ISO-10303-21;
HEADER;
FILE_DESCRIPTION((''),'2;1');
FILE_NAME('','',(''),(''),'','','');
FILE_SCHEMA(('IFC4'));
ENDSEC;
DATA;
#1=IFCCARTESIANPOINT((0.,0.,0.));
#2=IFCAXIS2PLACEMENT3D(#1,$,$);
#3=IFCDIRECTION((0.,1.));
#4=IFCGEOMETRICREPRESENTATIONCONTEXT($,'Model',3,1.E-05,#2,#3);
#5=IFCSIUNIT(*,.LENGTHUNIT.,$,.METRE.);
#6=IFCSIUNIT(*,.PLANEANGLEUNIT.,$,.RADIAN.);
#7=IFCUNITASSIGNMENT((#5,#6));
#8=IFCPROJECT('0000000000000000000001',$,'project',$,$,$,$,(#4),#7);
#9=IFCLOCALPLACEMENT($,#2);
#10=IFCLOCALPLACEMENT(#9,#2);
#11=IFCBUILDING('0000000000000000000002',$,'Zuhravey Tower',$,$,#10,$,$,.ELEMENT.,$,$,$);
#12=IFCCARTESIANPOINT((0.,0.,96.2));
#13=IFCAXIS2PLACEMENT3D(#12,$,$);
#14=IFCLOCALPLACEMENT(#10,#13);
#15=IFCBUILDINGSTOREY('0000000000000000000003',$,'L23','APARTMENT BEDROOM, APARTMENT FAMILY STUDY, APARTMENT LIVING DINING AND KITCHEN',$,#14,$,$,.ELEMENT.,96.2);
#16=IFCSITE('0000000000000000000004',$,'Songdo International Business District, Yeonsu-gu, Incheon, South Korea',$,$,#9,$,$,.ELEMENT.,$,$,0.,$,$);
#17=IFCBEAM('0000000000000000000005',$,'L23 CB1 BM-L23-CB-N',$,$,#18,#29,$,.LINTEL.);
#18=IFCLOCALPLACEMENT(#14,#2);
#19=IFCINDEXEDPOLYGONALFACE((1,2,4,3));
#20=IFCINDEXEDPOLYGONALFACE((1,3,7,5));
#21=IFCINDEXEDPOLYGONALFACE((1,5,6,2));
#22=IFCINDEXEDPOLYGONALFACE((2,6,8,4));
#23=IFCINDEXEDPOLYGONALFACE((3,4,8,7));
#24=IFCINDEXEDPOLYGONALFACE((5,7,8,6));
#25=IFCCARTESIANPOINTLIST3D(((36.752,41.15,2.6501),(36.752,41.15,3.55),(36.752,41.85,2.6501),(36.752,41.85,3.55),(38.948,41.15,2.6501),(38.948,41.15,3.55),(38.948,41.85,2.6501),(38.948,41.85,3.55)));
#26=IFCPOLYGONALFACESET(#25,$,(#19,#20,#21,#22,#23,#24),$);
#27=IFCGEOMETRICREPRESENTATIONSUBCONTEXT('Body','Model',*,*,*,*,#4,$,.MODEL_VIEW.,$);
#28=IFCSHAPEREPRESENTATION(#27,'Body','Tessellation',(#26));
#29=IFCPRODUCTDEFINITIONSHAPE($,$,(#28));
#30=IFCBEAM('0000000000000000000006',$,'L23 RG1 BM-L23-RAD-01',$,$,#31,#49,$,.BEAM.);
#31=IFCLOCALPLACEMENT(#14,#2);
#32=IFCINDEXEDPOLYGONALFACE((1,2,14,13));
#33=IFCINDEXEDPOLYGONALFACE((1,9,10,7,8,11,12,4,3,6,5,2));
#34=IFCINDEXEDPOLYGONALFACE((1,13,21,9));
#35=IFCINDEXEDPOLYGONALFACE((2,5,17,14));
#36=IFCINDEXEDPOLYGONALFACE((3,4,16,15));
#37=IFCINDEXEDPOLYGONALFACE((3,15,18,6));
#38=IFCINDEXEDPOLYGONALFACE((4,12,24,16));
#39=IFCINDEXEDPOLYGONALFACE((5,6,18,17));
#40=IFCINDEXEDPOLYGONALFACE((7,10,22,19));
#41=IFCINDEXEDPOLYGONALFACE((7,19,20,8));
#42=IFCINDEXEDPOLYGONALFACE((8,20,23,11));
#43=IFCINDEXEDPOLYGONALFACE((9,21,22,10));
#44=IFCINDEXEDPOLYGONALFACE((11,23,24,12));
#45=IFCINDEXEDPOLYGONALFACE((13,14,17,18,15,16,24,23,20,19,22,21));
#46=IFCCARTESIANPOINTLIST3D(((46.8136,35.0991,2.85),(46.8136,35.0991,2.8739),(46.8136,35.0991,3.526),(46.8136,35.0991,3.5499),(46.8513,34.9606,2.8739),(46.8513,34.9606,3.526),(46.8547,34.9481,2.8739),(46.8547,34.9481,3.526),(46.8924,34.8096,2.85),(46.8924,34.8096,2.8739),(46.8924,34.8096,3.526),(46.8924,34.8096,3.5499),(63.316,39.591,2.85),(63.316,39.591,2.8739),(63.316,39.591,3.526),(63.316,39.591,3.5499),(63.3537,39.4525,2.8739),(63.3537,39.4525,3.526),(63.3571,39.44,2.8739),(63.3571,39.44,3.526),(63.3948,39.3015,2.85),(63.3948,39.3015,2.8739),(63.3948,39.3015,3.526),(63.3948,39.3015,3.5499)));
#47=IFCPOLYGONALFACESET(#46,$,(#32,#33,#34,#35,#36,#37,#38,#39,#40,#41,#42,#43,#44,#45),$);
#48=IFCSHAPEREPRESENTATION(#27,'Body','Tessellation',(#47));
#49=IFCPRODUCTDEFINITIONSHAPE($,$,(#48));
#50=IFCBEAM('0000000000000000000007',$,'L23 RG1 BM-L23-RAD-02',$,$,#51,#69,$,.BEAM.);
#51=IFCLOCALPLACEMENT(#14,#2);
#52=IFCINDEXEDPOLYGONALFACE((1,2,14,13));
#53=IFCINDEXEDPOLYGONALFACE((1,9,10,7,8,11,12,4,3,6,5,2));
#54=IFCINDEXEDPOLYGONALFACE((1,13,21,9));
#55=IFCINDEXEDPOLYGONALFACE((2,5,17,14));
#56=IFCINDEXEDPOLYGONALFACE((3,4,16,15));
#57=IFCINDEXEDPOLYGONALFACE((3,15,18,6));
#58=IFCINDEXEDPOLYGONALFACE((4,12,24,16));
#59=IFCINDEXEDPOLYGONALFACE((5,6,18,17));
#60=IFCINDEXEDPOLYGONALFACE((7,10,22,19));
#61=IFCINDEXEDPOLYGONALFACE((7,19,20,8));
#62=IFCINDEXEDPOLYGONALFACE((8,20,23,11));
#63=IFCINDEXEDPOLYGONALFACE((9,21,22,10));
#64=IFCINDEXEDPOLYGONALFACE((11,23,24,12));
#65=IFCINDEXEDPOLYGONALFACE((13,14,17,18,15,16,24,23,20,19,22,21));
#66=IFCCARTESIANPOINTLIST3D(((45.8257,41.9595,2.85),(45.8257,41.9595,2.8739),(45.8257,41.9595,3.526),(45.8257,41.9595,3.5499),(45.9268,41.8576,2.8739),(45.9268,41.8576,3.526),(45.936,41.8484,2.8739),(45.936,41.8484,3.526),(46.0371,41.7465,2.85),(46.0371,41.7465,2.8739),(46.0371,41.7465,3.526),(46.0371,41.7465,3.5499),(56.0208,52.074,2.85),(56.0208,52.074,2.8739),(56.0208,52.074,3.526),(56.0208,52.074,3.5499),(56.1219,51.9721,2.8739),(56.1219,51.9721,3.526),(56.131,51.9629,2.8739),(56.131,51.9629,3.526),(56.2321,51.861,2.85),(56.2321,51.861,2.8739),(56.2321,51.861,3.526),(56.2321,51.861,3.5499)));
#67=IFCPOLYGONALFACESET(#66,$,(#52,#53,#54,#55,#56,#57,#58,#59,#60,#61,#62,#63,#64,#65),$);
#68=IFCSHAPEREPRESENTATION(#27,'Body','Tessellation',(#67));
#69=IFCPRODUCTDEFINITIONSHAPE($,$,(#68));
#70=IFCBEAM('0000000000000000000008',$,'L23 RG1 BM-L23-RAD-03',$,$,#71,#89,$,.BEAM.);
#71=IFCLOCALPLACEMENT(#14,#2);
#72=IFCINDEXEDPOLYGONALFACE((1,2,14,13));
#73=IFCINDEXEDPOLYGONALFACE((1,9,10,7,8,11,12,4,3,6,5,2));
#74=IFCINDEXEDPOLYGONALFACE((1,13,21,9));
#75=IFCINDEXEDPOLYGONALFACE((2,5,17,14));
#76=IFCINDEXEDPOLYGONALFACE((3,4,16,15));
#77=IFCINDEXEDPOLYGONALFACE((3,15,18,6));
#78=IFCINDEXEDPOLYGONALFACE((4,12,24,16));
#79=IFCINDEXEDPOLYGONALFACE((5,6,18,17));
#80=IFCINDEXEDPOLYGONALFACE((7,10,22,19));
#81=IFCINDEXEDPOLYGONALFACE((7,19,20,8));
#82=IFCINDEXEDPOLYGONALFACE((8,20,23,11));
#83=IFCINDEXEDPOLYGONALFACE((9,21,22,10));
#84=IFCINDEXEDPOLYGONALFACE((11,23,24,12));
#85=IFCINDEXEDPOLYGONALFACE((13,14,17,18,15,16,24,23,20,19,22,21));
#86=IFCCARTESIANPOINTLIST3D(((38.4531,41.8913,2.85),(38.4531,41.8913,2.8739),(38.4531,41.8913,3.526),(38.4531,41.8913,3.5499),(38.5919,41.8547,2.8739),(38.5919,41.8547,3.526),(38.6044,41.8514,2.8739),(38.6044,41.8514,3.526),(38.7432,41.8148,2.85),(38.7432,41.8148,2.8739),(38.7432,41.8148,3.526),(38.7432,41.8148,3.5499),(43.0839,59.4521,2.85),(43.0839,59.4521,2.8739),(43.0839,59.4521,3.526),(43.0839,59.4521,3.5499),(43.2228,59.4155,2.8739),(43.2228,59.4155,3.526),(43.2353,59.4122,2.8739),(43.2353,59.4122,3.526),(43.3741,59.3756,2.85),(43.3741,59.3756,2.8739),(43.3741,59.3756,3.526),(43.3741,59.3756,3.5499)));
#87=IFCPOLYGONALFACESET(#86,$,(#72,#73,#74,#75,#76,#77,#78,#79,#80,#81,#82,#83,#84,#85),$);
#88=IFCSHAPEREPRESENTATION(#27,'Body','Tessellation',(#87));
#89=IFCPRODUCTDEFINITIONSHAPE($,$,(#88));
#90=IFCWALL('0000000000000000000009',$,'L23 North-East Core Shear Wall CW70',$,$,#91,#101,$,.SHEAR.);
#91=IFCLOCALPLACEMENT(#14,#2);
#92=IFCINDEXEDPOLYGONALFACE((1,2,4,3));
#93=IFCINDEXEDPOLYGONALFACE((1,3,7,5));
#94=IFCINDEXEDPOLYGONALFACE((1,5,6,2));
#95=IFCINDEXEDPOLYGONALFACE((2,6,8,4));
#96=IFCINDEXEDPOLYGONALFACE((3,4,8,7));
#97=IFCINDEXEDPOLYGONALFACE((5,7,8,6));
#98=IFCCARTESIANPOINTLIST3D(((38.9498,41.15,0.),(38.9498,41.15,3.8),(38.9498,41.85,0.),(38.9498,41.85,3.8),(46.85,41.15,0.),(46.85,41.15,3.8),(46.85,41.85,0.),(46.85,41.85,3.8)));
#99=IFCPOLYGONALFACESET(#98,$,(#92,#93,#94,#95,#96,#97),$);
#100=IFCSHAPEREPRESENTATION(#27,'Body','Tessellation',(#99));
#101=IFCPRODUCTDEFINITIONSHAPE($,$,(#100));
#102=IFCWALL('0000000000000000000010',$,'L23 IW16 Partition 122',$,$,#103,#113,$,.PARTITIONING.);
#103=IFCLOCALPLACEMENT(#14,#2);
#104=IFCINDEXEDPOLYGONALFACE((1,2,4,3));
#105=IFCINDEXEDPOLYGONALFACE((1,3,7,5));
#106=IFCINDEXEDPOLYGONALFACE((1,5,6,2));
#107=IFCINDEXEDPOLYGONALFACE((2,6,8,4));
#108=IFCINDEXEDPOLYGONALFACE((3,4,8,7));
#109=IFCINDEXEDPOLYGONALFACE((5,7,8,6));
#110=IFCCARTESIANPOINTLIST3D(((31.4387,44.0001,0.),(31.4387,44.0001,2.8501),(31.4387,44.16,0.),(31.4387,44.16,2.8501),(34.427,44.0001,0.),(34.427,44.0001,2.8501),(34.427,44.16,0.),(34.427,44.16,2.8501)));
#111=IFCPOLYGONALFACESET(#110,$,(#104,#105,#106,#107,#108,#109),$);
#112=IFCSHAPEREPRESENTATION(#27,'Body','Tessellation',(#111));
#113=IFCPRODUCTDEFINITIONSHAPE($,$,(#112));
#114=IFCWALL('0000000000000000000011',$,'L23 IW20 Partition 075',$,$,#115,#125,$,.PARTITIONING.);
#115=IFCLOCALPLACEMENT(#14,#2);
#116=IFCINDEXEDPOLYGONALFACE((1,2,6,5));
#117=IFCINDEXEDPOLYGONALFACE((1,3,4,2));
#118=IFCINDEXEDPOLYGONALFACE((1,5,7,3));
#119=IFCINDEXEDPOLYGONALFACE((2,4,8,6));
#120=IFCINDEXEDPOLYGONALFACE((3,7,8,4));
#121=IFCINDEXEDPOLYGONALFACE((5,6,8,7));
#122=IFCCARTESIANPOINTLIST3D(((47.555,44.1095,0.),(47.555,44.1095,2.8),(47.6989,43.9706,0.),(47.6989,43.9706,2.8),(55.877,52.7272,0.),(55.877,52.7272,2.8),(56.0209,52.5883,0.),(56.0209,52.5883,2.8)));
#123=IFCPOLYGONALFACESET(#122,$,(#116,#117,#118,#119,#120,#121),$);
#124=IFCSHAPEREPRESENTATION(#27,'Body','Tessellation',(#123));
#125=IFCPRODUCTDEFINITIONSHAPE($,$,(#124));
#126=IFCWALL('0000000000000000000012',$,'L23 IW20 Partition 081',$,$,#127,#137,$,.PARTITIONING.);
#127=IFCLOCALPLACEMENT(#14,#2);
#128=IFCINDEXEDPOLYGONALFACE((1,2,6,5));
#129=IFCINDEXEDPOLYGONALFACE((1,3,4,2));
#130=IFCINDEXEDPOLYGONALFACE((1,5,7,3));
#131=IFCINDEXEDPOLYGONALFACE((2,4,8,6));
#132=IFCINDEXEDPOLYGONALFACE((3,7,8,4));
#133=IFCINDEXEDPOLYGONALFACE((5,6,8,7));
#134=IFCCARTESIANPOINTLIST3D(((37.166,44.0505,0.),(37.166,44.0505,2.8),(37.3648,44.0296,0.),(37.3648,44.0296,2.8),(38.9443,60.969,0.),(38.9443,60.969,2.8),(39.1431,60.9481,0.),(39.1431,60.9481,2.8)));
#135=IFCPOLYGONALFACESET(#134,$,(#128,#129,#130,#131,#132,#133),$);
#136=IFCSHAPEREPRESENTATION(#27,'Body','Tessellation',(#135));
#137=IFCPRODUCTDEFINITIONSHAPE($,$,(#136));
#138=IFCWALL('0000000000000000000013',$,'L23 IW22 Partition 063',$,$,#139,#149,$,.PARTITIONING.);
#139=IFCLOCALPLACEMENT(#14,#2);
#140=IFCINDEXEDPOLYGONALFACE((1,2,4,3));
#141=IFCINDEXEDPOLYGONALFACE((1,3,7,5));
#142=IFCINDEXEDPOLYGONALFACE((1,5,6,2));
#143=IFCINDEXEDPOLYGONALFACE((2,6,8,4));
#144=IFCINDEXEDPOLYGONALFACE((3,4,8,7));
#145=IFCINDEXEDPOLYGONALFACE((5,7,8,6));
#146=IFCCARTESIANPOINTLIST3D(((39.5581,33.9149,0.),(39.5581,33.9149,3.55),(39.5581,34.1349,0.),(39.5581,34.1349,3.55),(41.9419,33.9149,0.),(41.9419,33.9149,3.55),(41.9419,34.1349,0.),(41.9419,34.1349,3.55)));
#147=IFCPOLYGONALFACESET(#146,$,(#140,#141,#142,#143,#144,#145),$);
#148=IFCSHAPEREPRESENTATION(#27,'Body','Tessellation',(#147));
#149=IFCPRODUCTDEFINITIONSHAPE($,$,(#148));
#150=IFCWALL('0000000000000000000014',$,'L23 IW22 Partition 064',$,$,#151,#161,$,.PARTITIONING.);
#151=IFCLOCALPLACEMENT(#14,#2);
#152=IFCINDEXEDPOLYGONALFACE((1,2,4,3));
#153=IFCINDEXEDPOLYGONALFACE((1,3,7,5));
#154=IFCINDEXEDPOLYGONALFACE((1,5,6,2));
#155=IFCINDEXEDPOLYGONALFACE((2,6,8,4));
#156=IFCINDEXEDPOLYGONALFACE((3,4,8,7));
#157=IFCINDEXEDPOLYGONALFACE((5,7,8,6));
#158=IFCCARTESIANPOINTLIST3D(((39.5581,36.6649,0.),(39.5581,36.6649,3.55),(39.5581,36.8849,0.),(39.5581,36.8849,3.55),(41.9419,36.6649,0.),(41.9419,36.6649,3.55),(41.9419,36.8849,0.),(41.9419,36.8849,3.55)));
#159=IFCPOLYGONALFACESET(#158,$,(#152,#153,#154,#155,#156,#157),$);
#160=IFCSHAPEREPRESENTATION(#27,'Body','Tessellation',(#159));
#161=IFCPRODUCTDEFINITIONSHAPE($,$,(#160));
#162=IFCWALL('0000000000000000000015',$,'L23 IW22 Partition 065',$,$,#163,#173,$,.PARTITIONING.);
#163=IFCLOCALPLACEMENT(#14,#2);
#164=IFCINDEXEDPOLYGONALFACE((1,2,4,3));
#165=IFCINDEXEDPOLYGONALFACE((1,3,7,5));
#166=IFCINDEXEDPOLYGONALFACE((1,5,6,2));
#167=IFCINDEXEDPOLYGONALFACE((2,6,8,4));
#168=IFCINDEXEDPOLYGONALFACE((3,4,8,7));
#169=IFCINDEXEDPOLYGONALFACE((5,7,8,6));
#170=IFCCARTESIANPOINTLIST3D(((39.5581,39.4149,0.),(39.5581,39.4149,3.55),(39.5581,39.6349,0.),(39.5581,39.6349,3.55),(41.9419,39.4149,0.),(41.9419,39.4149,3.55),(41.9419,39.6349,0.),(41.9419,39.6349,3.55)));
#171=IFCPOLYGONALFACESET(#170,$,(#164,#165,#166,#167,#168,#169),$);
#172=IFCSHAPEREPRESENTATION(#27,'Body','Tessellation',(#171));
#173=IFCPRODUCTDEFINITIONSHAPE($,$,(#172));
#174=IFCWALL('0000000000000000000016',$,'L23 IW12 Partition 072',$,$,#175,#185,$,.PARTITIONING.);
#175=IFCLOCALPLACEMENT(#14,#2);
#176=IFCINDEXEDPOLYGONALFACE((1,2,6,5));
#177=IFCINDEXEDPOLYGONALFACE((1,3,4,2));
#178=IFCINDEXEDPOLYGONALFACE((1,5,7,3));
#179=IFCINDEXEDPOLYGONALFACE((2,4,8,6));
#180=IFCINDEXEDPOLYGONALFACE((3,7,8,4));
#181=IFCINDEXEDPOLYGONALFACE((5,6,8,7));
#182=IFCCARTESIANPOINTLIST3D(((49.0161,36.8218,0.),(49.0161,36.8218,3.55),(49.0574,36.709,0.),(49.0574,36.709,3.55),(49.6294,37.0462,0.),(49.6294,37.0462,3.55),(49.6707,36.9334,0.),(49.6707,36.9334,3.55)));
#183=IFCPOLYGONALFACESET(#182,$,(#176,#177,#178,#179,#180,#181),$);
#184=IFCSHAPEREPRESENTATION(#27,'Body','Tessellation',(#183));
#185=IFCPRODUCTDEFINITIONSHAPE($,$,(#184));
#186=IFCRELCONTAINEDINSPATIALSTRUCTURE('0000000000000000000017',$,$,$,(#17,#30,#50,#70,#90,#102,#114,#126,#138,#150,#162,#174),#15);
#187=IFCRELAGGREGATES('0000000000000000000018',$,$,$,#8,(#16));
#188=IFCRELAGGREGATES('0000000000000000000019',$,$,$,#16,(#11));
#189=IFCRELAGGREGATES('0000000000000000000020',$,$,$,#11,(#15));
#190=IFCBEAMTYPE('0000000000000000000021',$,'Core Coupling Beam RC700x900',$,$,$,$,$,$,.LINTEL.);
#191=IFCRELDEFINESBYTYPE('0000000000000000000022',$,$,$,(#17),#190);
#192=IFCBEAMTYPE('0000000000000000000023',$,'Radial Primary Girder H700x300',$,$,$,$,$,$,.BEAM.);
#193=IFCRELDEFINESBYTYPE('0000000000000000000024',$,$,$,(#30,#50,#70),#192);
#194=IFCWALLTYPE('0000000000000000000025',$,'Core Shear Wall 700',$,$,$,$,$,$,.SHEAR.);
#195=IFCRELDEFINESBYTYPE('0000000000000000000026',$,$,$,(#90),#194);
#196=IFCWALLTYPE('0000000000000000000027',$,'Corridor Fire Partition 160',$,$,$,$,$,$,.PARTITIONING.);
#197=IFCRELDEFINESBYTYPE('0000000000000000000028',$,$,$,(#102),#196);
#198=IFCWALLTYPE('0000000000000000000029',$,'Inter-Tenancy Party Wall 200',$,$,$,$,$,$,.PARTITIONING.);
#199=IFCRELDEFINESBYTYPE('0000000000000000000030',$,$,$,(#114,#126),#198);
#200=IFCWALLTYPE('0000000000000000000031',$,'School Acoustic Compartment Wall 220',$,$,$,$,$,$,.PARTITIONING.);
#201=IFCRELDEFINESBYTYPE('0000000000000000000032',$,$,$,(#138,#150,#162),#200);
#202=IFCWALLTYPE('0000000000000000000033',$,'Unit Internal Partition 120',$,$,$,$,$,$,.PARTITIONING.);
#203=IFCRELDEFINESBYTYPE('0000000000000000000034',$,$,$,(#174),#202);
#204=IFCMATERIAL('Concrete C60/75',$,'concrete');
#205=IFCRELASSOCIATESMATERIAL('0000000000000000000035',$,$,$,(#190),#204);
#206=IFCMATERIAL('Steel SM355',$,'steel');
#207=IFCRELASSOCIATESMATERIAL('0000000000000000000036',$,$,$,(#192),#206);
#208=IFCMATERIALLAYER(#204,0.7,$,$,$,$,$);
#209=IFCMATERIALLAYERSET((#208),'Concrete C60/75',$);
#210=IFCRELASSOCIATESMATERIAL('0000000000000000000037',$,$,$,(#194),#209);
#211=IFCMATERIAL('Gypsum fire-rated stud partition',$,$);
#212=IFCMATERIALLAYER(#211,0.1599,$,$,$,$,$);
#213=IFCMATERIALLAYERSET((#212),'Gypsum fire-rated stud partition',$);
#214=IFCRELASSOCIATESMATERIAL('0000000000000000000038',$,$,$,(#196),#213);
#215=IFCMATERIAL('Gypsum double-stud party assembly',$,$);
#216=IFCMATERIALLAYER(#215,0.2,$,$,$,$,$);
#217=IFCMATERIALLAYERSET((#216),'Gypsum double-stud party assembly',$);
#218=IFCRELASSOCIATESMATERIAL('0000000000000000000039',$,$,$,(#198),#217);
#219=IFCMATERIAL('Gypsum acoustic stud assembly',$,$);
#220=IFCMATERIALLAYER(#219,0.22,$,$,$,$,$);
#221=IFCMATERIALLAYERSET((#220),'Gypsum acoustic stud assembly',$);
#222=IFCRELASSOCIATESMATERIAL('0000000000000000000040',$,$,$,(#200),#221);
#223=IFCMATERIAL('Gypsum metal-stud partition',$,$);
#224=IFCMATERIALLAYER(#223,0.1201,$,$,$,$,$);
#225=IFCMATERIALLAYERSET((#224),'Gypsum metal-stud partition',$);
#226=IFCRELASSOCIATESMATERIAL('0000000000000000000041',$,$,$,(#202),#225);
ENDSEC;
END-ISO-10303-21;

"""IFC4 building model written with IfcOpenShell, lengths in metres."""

from ifc_helpers import new_model, si_unit, direction, frame, frame_2d, origin, origin_2d, place, context, subcontext, project, spatial, rectangle, i_section, extrude, material, layer, layer_set, material_profile, profile_set, type_object, element, save


model = new_model("IFC4")

# Units and contexts
model_context = context("Model", 3, precision=1e-05, world=origin(), true_north=direction((0.0, 1.0)))
body_context = subcontext(model_context, "Body", "Model", "MODEL_VIEW")
ifc_project = project(units=[si_unit("LENGTHUNIT", "METRE"), si_unit("PLANEANGLEUNIT", "RADIAN")], contexts=[model_context])

# Site, building, storey
site_placement = place(None, origin())
site = spatial("IfcSite", under=ifc_project, at=site_placement, Name="Songdo International Business District, Yeonsu-gu, Incheon, South Korea", CompositionType="ELEMENT", RefElevation=0.0)
building_placement = place(site_placement, origin())
building = spatial("IfcBuilding", under=site, at=building_placement, Name="Zuhravey Tower", CompositionType="ELEMENT")
storey_placement = place(building_placement, frame((0.0, 0.0, 96.2)))
storey = spatial("IfcBuildingStorey", under=building, at=storey_placement, Name="L23", Description="APARTMENT BEDROOM, APARTMENT FAMILY STUDY, APARTMENT LIVING DINING AND KITCHEN", CompositionType="ELEMENT", Elevation=96.2)

# Beams
ifc_material_1 = material(Name="Concrete C60/75", Category="concrete")
ifc_material_profile_1 = material_profile(ifc_material_1, rectangle(XDim=0.7, YDim=0.8999, at=origin_2d()), Name="RC-700x900")
ifc_profile_set_1 = profile_set([ifc_material_profile_1], Name="Concrete C60/75")
beam_type_1 = type_object("IfcBeamType", Name="Core Coupling Beam RC700x900", PredefinedType="LINTEL", material=ifc_profile_set_1)
beam_1_placement = place(storey_placement, frame((36.752, 41.5, 3.1001), z_axis=(1.0, 0.0, 0.0), x_axis=(0.0, 1.0, 0.0)))
element("IfcBeam", 1, at=beam_1_placement, inside=storey, type_object=beam_type_1, Name="L23 CB1 BM-L23-CB-N", PredefinedType="LINTEL", context=body_context, shape_type="SweptSolid", body=[
    extrude(rectangle(XDim=0.7, YDim=0.8999, at=origin_2d()), origin(), (0.0, 0.0, 1.0), 2.196),
])
ifc_material_2 = material(Name="Steel SM355", Category="steel")
ifc_material_profile_2 = material_profile(ifc_material_2, i_section(OverallWidth=0.3, OverallDepth=0.7, WebThickness=0.0129, FlangeThickness=0.0239, at=origin_2d()), Name="H-700x300x13x24")
ifc_profile_set_2 = profile_set([ifc_material_profile_2], Name="Steel SM355")
beam_type_2 = type_object("IfcBeamType", Name="Radial Primary Girder H700x300", PredefinedType="BEAM", material=ifc_profile_set_2)
beam_2_placement = place(storey_placement, frame((46.853, 34.9543, 3.2), z_axis=(0.964893, 0.262643, 0.0), x_axis=(-0.262643, 0.964893, 0.0)))
element("IfcBeam", 2, at=beam_2_placement, inside=storey, type_object=beam_type_2, Name="L23 RG1 BM-L23-RAD-01", PredefinedType="BEAM", context=body_context, shape_type="SweptSolid", body=[
    extrude(i_section(OverallWidth=0.3, OverallDepth=0.7, WebThickness=0.0129, FlangeThickness=0.0239, at=origin_2d()), origin(), (0.0, 0.0, 1.0), 17.1028),
])
beam_3_placement = place(storey_placement, frame((45.9314, 41.853, 3.2), z_axis=(0.709906, 0.704296, 0.0), x_axis=(-0.704296, 0.709906, 0.0)))
element("IfcBeam", 3, at=beam_3_placement, inside=storey, type_object=beam_type_2, Name="L23 RG1 BM-L23-RAD-02", PredefinedType="BEAM", context=body_context, shape_type="SweptSolid", body=[
    extrude(i_section(OverallWidth=0.3, OverallDepth=0.7, WebThickness=0.0129, FlangeThickness=0.0239, at=origin_2d()), origin(), (0.0, 0.0, 1.0), 14.3611),
])
beam_4_placement = place(storey_placement, frame((38.5981, 41.853, 3.2), z_axis=(0.254988, 0.966944, 0.0), x_axis=(-0.966944, 0.254988, 0.0)))
element("IfcBeam", 4, at=beam_4_placement, inside=storey, type_object=beam_type_2, Name="L23 RG1 BM-L23-RAD-03", PredefinedType="BEAM", context=body_context, shape_type="SweptSolid", body=[
    extrude(i_section(OverallWidth=0.3, OverallDepth=0.7, WebThickness=0.0129, FlangeThickness=0.0239, at=origin_2d()), origin(), (0.0, 0.0, 1.0), 18.1611),
])

# Wall
ifc_layer_1 = layer(ifc_material_1, 0.7)
ifc_layer_set_1 = layer_set([ifc_layer_1], Name="Concrete C60/75")
wall_type_1 = type_object("IfcWallType", Name="Core Shear Wall 700", PredefinedType="SHEAR", material=ifc_layer_set_1)
wall_1_placement = place(storey_placement, frame((46.8501, 41.5, 0.0), z_axis=(0.0, 0.0, 1.0), x_axis=(-1.0, 0.0, 0.0)))
element("IfcWall", 5, at=wall_1_placement, inside=storey, type_object=wall_type_1, Name="L23 North-East Core Shear Wall CW70", PredefinedType="SHEAR", context=body_context, shape_type="SweptSolid", body=[
    extrude(rectangle(XDim=7.9001, YDim=0.7, at=frame_2d((3.9502, 0.0))), origin(), (0.0, 0.0, 1.0), 3.8),
])

# Wall
ifc_material_3 = material(Name="Gypsum fire-rated stud partition")
ifc_layer_2 = layer(ifc_material_3, 0.1599)
ifc_layer_set_2 = layer_set([ifc_layer_2], Name="Gypsum fire-rated stud partition")
wall_type_2 = type_object("IfcWallType", Name="Corridor Fire Partition 160", PredefinedType="PARTITIONING", material=ifc_layer_set_2)
wall_2_placement = place(storey_placement, frame((34.427, 44.0801, 0.0), z_axis=(0.0, 0.0, 1.0), x_axis=(-1.0, 0.0, 0.0)))
element("IfcWall", 6, at=wall_2_placement, inside=storey, type_object=wall_type_2, Name="L23 IW16 Partition 122", PredefinedType="PARTITIONING", context=body_context, shape_type="SweptSolid", body=[
    extrude(rectangle(XDim=2.9883, YDim=0.1599, at=frame_2d((1.4941, 0.0))), origin(), (0.0, 0.0, 1.0), 2.8501),
])

# Walls
ifc_material_4 = material(Name="Gypsum double-stud party assembly")
ifc_layer_3 = layer(ifc_material_4, 0.2)
ifc_layer_set_3 = layer_set([ifc_layer_3], Name="Gypsum double-stud party assembly")
wall_type_3 = type_object("IfcWallType", Name="Inter-Tenancy Party Wall 200", PredefinedType="PARTITIONING", material=ifc_layer_set_3)
wall_3_placement = place(storey_placement, frame((47.627, 44.04, 0.0), z_axis=(0.0, 0.0, 1.0), x_axis=(0.69466, 0.719339, 0.0)))
element("IfcWall", 7, at=wall_3_placement, inside=storey, type_object=wall_type_3, Name="L23 IW20 Partition 075", PredefinedType="PARTITIONING", context=body_context, shape_type="SweptSolid", body=[
    extrude(rectangle(XDim=11.98, YDim=0.2, at=frame_2d((5.99, 0.0))), origin(), (0.0, 0.0, 1.0), 2.8),
])
wall_4_placement = place(storey_placement, frame((37.2654, 44.04, 0.0), z_axis=(0.0, 0.0, 1.0), x_axis=(0.104535, 0.994521, 0.0)))
element("IfcWall", 8, at=wall_4_placement, inside=storey, type_object=wall_type_3, Name="L23 IW20 Partition 081", PredefinedType="PARTITIONING", context=body_context, shape_type="SweptSolid", body=[
    extrude(rectangle(XDim=17.0117, YDim=0.2, at=frame_2d((8.5059, 0.0))), origin(), (0.0, 0.0, 1.0), 2.8),
])
ifc_material_5 = material(Name="Gypsum acoustic stud assembly")
ifc_layer_4 = layer(ifc_material_5, 0.22)
ifc_layer_set_4 = layer_set([ifc_layer_4], Name="Gypsum acoustic stud assembly")
wall_type_4 = type_object("IfcWallType", Name="School Acoustic Compartment Wall 220", PredefinedType="PARTITIONING", material=ifc_layer_set_4)
for number, where, z_axis, x_axis, name in (
    (9, (39.5581, 34.0249, 0.0), (0.0, 0.0, 1.0), (1.0, 0.0, 0.0), "L23 IW22 Partition 063"),
    (10, (39.5581, 36.7749, 0.0), (0.0, 0.0, 1.0), (1.0, 0.0, 0.0), "L23 IW22 Partition 064"),
    (11, (39.5581, 39.5249, 0.0), (0.0, 0.0, 1.0), (1.0, 0.0, 0.0), "L23 IW22 Partition 065"),
):
    element("IfcWall", number, at=place(storey_placement, frame(where, z_axis=z_axis, x_axis=x_axis)), inside=storey, type_object=wall_type_4, Name=name, PredefinedType="PARTITIONING", context=body_context, shape_type="SweptSolid", body=[
        extrude(rectangle(XDim=2.3838, YDim=0.22, at=frame_2d((1.1919, 0.0))), origin(), (0.0, 0.0, 1.0), 3.55),
    ])
ifc_material_6 = material(Name="Gypsum metal-stud partition")
ifc_layer_5 = layer(ifc_material_6, 0.1201)
ifc_layer_set_5 = layer_set([ifc_layer_5], Name="Gypsum metal-stud partition")
wall_type_5 = type_object("IfcWallType", Name="Unit Internal Partition 120", PredefinedType="PARTITIONING", material=ifc_layer_set_5)
wall_5_placement = place(storey_placement, frame((49.0366, 36.7654, 0.0), z_axis=(0.0, 0.0, 1.0), x_axis=(0.939126, 0.343573, 0.0)))
element("IfcWall", 12, at=wall_5_placement, inside=storey, type_object=wall_type_5, Name="L23 IW12 Partition 072", PredefinedType="PARTITIONING", context=body_context, shape_type="SweptSolid", body=[
    extrude(rectangle(XDim=0.6531, YDim=0.1201, at=frame_2d((0.3267, 0.0))), origin(), (0.0, 0.0, 1.0), 3.55),
])

save(model, "model.ifc")
